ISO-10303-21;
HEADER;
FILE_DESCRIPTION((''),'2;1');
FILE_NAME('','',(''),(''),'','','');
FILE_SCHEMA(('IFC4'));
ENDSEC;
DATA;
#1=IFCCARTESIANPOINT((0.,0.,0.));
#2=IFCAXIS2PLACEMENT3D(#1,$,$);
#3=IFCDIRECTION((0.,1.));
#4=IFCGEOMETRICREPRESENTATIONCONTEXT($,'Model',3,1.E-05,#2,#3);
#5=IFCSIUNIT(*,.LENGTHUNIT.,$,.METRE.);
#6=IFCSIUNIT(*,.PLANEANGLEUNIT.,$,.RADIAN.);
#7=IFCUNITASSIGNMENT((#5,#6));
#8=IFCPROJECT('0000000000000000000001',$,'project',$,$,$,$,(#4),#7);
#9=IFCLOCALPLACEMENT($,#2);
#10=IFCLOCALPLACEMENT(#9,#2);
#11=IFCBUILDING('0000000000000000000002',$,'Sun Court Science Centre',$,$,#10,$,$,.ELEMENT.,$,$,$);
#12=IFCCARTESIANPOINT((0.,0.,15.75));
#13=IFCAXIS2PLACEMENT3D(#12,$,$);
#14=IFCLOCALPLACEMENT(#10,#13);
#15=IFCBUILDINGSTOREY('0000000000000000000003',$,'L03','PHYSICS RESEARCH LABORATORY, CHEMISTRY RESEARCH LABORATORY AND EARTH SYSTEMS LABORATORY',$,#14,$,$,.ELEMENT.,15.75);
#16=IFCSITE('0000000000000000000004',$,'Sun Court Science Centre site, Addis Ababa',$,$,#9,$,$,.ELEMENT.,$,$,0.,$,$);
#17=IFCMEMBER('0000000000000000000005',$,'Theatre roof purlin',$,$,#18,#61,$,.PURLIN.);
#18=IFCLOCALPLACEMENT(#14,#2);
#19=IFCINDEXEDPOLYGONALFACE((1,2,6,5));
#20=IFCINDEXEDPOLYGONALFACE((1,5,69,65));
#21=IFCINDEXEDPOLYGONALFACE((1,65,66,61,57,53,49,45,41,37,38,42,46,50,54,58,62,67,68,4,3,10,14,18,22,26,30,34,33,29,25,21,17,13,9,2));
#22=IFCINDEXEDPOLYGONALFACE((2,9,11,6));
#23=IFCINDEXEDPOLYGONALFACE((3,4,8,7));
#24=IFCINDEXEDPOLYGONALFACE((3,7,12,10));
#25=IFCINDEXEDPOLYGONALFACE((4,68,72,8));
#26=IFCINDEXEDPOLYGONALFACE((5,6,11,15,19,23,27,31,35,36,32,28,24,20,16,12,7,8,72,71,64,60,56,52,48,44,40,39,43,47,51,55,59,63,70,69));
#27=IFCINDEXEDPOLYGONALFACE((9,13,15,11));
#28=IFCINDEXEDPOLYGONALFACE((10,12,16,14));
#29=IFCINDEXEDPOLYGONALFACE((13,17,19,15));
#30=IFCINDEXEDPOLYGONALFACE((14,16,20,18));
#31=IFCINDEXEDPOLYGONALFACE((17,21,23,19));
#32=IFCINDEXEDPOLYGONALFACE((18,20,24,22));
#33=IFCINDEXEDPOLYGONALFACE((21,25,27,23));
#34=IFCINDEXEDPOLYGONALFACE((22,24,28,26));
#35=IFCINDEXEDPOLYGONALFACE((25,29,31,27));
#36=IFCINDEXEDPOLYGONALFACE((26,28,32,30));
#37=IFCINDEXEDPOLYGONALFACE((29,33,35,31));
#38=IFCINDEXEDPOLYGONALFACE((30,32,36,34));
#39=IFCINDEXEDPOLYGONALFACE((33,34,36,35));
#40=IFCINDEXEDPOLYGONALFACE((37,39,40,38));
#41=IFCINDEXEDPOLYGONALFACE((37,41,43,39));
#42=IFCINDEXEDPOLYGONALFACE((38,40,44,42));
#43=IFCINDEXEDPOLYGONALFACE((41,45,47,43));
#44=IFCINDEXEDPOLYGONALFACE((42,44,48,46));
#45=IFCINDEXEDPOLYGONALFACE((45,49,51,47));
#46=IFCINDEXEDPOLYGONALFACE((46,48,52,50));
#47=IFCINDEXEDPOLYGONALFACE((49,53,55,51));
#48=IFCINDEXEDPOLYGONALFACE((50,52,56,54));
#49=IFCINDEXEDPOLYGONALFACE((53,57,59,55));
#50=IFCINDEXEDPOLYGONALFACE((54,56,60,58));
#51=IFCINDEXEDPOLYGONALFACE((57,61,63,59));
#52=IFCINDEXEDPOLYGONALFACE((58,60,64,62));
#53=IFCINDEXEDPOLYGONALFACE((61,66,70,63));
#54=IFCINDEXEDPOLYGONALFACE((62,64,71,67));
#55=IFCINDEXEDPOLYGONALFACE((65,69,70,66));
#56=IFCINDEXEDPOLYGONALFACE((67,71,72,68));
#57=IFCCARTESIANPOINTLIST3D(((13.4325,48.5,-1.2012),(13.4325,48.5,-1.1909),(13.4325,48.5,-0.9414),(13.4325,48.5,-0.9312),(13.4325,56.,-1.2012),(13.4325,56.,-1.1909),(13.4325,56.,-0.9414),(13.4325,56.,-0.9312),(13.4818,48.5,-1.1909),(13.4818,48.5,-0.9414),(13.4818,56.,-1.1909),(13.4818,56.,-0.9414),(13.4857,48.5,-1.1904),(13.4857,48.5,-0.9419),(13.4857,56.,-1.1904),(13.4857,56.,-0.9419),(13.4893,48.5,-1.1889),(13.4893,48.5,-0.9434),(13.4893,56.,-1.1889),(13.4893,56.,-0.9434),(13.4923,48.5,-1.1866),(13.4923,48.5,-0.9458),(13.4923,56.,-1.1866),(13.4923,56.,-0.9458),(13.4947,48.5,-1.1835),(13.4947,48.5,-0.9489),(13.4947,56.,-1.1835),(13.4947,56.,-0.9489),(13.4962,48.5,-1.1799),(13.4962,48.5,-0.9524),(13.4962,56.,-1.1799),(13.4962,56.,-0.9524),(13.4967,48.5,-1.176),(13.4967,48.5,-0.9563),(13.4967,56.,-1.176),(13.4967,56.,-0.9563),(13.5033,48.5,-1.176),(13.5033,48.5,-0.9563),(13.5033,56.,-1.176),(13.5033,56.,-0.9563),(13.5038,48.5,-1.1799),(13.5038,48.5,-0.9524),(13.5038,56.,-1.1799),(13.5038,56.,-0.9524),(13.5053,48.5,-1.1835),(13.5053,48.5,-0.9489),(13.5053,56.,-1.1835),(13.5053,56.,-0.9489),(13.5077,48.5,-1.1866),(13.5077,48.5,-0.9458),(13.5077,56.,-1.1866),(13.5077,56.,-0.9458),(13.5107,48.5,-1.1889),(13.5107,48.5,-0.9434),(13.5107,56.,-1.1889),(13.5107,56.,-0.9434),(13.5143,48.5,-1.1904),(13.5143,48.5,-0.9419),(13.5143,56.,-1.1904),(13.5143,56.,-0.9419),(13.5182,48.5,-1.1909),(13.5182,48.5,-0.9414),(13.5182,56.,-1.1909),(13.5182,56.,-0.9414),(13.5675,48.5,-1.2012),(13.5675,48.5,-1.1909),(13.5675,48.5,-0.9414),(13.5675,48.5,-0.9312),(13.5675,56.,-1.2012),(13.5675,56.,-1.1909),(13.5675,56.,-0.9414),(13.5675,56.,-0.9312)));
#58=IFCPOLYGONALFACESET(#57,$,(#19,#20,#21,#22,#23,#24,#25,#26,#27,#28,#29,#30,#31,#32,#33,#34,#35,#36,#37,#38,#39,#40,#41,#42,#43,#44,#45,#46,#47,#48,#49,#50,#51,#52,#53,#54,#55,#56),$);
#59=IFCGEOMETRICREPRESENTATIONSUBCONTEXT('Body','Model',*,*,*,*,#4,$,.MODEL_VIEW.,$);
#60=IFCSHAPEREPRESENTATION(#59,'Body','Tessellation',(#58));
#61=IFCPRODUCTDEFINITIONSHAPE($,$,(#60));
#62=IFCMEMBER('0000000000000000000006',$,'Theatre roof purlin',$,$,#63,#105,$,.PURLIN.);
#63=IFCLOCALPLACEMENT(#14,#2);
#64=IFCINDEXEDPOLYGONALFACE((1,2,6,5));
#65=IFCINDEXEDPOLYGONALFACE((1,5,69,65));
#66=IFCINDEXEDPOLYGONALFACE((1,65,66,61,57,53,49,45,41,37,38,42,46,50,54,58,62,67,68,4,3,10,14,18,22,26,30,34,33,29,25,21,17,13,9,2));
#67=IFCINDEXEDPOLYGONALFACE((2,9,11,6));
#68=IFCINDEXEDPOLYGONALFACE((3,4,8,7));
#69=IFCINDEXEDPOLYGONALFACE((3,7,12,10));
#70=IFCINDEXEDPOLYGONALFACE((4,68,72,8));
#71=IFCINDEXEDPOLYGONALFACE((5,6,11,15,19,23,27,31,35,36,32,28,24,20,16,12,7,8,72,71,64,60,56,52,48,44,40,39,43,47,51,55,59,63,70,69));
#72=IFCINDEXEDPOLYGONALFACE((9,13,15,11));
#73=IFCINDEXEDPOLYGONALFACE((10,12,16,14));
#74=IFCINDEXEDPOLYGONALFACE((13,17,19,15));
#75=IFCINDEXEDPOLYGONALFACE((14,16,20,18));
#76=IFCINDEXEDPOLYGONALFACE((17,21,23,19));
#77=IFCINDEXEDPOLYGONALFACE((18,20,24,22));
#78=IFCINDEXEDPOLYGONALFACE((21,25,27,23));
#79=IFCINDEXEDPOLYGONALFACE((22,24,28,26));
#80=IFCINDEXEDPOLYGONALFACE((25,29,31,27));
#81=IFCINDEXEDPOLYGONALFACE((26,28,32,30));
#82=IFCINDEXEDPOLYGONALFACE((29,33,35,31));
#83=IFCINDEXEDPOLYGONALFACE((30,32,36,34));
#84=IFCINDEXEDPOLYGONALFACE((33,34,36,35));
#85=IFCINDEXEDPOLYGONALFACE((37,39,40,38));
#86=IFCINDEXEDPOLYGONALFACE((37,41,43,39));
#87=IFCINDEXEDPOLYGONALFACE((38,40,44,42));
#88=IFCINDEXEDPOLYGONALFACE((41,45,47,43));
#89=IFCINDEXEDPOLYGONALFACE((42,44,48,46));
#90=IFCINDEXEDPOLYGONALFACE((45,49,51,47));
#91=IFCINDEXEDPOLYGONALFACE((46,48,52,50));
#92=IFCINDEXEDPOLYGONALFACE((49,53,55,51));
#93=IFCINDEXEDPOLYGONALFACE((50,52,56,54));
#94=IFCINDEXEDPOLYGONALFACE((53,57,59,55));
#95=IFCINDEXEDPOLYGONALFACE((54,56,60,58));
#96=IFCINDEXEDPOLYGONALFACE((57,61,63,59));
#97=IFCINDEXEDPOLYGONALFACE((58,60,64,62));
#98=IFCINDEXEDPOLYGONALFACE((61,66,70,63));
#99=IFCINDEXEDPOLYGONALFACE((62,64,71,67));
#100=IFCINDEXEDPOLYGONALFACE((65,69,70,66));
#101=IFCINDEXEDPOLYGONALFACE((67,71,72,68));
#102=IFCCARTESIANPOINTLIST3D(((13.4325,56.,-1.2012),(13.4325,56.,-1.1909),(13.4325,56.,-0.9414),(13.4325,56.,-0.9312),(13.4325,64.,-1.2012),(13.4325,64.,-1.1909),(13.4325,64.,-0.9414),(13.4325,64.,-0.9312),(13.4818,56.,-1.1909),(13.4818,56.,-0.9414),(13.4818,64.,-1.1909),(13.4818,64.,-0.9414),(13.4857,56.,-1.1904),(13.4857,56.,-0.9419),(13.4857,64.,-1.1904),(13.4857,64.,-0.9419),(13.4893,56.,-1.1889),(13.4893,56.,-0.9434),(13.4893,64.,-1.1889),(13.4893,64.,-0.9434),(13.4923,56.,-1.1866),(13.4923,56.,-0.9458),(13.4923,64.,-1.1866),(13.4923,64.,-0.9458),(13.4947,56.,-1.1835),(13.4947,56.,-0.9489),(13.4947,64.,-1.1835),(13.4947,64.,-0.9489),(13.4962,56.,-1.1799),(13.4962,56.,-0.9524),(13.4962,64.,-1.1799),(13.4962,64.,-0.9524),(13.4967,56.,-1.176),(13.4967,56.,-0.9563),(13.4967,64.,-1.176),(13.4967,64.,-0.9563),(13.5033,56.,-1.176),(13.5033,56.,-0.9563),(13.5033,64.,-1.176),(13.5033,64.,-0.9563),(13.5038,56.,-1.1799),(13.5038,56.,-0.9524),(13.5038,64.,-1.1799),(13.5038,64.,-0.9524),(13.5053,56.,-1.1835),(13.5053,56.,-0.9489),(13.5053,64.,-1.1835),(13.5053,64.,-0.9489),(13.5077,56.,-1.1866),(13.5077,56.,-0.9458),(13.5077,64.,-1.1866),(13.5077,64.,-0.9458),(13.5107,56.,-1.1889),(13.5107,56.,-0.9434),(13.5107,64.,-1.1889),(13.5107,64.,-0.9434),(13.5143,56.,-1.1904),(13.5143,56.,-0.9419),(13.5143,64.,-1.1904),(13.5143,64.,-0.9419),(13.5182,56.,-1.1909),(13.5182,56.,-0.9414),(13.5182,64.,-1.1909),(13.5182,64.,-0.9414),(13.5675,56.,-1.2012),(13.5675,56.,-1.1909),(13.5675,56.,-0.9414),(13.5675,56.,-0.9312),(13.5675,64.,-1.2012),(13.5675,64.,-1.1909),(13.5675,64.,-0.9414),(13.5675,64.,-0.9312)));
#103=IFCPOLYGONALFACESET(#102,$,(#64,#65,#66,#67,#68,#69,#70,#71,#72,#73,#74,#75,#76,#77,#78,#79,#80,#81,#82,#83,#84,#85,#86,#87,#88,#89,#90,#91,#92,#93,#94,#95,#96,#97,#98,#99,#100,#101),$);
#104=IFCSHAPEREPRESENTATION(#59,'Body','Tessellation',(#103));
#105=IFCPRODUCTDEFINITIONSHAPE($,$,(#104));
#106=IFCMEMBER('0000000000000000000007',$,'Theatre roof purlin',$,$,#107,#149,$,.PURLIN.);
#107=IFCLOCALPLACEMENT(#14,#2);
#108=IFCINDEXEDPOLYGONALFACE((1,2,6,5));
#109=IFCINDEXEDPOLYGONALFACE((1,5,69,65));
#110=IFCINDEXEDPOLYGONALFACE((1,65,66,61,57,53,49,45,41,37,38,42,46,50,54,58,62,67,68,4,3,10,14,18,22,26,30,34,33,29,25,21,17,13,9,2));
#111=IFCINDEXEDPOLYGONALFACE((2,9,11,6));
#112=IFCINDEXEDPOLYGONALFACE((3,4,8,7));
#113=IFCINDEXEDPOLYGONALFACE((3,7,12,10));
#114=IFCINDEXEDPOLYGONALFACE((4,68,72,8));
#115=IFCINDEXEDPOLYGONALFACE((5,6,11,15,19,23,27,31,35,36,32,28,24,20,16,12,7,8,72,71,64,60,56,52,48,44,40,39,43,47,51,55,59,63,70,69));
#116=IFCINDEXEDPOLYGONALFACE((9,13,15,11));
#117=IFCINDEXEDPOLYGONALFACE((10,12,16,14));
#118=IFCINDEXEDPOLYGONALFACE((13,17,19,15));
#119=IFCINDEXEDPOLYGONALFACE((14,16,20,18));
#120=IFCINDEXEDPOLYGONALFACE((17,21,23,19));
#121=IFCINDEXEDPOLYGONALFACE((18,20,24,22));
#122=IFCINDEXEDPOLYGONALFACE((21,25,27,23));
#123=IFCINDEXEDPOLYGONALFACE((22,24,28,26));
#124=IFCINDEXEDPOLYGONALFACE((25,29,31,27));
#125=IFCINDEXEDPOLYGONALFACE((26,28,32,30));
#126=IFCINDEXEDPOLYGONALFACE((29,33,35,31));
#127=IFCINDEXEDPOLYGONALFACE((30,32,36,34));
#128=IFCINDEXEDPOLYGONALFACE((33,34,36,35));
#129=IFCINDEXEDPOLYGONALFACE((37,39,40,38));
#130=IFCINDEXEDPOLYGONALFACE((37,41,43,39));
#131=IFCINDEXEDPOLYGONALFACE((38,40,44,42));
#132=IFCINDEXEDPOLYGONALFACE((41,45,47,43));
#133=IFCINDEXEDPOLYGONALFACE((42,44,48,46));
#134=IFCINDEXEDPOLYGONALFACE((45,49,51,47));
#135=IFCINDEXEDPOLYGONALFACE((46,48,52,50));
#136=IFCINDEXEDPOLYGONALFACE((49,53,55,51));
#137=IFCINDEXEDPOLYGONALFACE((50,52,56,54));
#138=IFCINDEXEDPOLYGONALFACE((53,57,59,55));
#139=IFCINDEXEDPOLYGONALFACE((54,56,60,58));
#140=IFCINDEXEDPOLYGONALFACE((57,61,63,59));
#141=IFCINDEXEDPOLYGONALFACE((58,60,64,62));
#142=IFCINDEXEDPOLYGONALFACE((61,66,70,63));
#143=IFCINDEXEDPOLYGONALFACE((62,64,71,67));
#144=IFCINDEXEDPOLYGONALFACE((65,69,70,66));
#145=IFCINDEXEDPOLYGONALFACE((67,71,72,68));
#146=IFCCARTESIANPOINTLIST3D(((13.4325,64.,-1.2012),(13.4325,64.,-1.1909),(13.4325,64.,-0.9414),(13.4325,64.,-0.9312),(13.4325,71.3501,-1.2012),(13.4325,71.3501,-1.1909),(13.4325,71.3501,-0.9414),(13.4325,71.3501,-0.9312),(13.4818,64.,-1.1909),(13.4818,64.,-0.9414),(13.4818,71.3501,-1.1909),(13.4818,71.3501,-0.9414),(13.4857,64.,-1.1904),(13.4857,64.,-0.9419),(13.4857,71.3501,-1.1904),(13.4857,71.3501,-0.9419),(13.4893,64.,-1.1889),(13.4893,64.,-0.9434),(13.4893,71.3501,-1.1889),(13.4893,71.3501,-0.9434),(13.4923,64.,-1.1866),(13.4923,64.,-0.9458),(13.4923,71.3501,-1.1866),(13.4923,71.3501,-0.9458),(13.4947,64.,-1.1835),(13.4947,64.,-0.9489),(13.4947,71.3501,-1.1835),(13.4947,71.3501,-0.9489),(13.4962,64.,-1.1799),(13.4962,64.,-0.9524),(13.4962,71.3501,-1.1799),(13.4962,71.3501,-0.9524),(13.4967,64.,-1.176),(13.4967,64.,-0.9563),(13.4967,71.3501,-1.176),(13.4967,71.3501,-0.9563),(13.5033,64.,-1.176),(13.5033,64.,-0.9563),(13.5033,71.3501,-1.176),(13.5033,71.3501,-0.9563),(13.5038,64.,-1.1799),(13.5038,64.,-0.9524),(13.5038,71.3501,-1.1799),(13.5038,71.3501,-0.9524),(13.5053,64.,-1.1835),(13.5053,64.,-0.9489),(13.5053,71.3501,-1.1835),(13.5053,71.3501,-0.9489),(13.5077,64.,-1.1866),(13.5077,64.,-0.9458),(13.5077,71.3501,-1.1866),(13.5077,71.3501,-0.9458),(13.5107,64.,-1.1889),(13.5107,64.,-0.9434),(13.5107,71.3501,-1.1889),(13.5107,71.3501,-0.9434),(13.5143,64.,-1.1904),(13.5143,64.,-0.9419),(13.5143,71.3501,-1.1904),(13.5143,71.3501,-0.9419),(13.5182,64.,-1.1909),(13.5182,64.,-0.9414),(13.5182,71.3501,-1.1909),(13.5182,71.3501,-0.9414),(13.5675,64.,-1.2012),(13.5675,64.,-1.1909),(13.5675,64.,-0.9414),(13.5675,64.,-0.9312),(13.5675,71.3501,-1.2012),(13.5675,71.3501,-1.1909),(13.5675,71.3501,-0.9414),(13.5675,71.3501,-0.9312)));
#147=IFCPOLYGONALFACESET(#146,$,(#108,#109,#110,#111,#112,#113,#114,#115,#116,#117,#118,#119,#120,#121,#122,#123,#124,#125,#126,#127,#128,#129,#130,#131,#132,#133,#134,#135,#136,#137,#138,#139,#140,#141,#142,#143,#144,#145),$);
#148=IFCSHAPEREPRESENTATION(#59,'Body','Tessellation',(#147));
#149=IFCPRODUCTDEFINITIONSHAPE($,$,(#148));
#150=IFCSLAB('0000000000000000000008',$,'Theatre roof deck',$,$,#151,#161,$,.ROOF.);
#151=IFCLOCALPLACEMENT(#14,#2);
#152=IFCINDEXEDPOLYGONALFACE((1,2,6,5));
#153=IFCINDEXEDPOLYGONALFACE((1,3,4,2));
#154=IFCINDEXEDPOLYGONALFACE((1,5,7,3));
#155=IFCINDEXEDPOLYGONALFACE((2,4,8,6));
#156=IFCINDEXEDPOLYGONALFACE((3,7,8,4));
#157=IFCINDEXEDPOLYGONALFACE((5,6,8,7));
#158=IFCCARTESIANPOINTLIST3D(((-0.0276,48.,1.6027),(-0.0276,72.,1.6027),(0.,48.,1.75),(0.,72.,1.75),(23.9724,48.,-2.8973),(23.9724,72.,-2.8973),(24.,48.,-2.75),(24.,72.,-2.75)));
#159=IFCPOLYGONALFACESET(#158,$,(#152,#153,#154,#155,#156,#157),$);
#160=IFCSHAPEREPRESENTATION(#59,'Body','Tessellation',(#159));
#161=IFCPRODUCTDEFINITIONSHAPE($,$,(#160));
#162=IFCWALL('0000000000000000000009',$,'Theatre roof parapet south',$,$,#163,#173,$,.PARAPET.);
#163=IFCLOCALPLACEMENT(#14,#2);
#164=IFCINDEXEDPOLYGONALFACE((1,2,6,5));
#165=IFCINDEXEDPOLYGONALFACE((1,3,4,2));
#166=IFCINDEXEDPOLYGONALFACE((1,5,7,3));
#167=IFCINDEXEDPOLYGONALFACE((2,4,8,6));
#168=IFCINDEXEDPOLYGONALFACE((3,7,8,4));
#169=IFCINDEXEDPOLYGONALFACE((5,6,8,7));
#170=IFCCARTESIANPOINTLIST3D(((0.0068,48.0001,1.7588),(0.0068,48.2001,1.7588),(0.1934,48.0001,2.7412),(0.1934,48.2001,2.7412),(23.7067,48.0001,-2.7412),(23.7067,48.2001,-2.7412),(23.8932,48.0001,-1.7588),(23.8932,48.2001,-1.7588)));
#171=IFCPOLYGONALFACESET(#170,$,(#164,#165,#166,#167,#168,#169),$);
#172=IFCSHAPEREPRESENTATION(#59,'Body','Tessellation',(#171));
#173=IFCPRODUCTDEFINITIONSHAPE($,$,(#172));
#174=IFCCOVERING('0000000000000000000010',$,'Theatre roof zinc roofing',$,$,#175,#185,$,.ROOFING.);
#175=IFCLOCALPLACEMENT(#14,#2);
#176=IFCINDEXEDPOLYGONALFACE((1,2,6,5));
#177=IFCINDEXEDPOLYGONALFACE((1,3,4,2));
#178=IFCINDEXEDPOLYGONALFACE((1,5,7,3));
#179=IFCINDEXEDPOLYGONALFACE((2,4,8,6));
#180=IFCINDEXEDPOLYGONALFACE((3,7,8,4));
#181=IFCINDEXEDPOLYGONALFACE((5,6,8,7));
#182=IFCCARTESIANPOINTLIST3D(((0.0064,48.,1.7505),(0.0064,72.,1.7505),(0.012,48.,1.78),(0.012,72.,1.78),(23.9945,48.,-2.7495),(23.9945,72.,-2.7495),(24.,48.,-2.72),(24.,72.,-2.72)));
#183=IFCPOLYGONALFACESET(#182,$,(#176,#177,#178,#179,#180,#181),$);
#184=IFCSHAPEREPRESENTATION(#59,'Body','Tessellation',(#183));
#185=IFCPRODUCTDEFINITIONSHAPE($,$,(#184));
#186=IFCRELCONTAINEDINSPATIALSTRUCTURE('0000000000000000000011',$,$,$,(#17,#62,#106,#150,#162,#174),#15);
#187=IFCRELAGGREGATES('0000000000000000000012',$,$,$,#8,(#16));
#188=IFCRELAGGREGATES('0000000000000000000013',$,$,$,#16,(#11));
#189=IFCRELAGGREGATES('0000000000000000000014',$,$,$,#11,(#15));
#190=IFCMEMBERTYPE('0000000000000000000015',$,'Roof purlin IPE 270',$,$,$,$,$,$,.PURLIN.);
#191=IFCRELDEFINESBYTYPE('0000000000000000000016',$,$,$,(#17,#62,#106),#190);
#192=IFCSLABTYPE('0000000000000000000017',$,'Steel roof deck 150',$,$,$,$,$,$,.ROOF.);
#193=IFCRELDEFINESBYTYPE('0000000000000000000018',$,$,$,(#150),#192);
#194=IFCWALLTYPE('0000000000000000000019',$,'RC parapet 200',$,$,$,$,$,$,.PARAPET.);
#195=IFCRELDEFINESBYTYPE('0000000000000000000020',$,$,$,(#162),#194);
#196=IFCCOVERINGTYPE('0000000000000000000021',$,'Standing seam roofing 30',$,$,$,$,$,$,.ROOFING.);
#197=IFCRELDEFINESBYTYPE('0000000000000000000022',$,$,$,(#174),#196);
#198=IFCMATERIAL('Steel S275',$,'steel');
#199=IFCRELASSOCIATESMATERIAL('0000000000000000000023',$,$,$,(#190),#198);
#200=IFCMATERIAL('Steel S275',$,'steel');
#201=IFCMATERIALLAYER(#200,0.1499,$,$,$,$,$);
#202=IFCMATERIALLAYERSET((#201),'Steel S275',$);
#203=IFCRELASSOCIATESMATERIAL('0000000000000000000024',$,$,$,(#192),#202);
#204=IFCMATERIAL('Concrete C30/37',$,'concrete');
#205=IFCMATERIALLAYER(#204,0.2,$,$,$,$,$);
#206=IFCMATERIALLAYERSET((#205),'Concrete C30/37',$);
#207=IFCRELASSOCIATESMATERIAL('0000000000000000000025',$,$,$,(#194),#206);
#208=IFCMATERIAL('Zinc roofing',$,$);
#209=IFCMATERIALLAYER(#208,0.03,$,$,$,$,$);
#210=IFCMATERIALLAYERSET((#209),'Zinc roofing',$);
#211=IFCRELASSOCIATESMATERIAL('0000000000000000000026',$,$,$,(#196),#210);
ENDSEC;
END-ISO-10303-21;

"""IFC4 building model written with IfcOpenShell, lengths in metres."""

from ifc_helpers import new_model, si_unit, direction, frame, origin, origin_2d, place, context, subcontext, project, spatial, polyline, rectangle, i_section, outline, extrude, material, layer, layer_set, material_profile, profile_set, type_object, element, save


model = new_model("IFC4")

# Units and contexts
model_context = context("Model", 3, precision=1e-05, world=origin(), true_north=direction((0.0, 1.0)))
body_context = subcontext(model_context, "Body", "Model", "MODEL_VIEW")
ifc_project = project(units=[si_unit("LENGTHUNIT", "METRE"), si_unit("PLANEANGLEUNIT", "RADIAN")], contexts=[model_context])

# Site, building, storey
site_placement = place(None, origin())
site = spatial("IfcSite", under=ifc_project, at=site_placement, Name="Sun Court Science Centre site, Addis Ababa", CompositionType="ELEMENT", RefElevation=0.0)
building_placement = place(site_placement, origin())
building = spatial("IfcBuilding", under=site, at=building_placement, Name="Sun Court Science Centre", CompositionType="ELEMENT")
storey_placement = place(building_placement, frame((0.0, 0.0, 15.75)))
storey = spatial("IfcBuildingStorey", under=building, at=storey_placement, Name="L03", Description="PHYSICS RESEARCH LABORATORY, CHEMISTRY RESEARCH LABORATORY AND EARTH SYSTEMS LABORATORY", CompositionType="ELEMENT", Elevation=15.75)

# Members
ifc_material_1 = material(Name="Steel S275", Category="steel")
ifc_material_profile = material_profile(ifc_material_1, i_section(OverallWidth=0.135, OverallDepth=0.27, WebThickness=0.0066, FlangeThickness=0.0103, FilletRadius=0.0149, at=origin_2d()), Name="IPE 270")
ifc_profile_set = profile_set([ifc_material_profile], Name="Steel S275")
member_type = type_object("IfcMemberType", Name="Roof purlin IPE 270", PredefinedType="PURLIN", material=ifc_profile_set)
member_1_placement = place(storey_placement, frame((13.5, 48.5, -1.0662), z_axis=(0.0, 1.0, 0.0), x_axis=(-1.0, 0.0, 0.0)))
element("IfcMember", 1, at=member_1_placement, inside=storey, type_object=member_type, Name="Theatre roof purlin", PredefinedType="PURLIN", context=body_context, shape_type="SweptSolid", body=[
    extrude(i_section(OverallWidth=0.135, OverallDepth=0.27, WebThickness=0.0066, FlangeThickness=0.0103, FilletRadius=0.0149, at=origin_2d()), origin(), (0.0, 0.0, 1.0), 7.5),
])
member_2_placement = place(storey_placement, frame((13.5, 56.0, -1.0662), z_axis=(0.0, 1.0, 0.0), x_axis=(-1.0, 0.0, 0.0)))
element("IfcMember", 2, at=member_2_placement, inside=storey, type_object=member_type, Name="Theatre roof purlin", PredefinedType="PURLIN", context=body_context, shape_type="SweptSolid", body=[
    extrude(i_section(OverallWidth=0.135, OverallDepth=0.27, WebThickness=0.0066, FlangeThickness=0.0103, FilletRadius=0.0149, at=origin_2d()), origin(), (0.0, 0.0, 1.0), 8.0),
])
member_3_placement = place(storey_placement, frame((13.5, 64.0, -1.0662), z_axis=(0.0, 1.0, 0.0), x_axis=(-1.0, 0.0, 0.0)))
element("IfcMember", 3, at=member_3_placement, inside=storey, type_object=member_type, Name="Theatre roof purlin", PredefinedType="PURLIN", context=body_context, shape_type="SweptSolid", body=[
    extrude(i_section(OverallWidth=0.135, OverallDepth=0.27, WebThickness=0.0066, FlangeThickness=0.0103, FilletRadius=0.0149, at=origin_2d()), origin(), (0.0, 0.0, 1.0), 7.3501),
])

# Slab
ifc_material_2 = material(Name="Steel S275", Category="steel")
ifc_layer_1 = layer(ifc_material_2, 0.1499)
ifc_layer_set_1 = layer_set([ifc_layer_1], Name="Steel S275")
slab_type = type_object("IfcSlabType", Name="Steel roof deck 150", PredefinedType="ROOF", material=ifc_layer_set_1)
slab_placement = place(storey_placement, frame((0.0, 48.0, 1.75), z_axis=(0.184289, 0.0, 0.982872), x_axis=(0.982872, 0.0, -0.184289)))
element("IfcSlab", 4, at=slab_placement, inside=storey, type_object=slab_type, Name="Theatre roof deck", PredefinedType="ROOF", context=body_context, shape_type="SweptSolid", body=[
    extrude(outline(polyline([(0.0, 0.0), (24.4182, 0.0), (24.4182, 24.0), (0.0, 24.0), (0.0, 0.0)])), origin(), (0.0, 0.0, -1.0), 0.1499),
])

# Wall
ifc_material_3 = material(Name="Concrete C30/37", Category="concrete")
ifc_layer_2 = layer(ifc_material_3, 0.2)
ifc_layer_set_2 = layer_set([ifc_layer_2], Name="Concrete C30/37")
wall_type = type_object("IfcWallType", Name="RC parapet 200", PredefinedType="PARAPET", material=ifc_layer_set_2)
wall_placement = place(storey_placement, frame((0.1001, 48.1001, 2.25), z_axis=(0.982447, 0.0, -0.186541), x_axis=(0.0, 1.0, 0.0)))
element("IfcWall", 5, at=wall_placement, inside=storey, type_object=wall_type, Name="Theatre roof parapet south", PredefinedType="PARAPET", context=body_context, shape_type="SweptSolid", body=[
    extrude(rectangle(XDim=0.2, YDim=1.0, at=origin_2d()), origin(), (0.0, 0.0, 1.0), 24.1233),
])

# Covering
ifc_material_4 = material(Name="Zinc roofing")
ifc_layer_3 = layer(ifc_material_4, 0.03)
ifc_layer_set_3 = layer_set([ifc_layer_3], Name="Zinc roofing")
covering_type = type_object("IfcCoveringType", Name="Standing seam roofing 30", PredefinedType="ROOFING", material=ifc_layer_set_3)
covering_placement = place(storey_placement, frame((0.012, 48.0, 1.78), z_axis=(0.184377, 0.0, 0.982856), x_axis=(0.982856, 0.0, -0.184377)))
element("IfcCovering", 6, at=covering_placement, inside=storey, type_object=covering_type, Name="Theatre roof zinc roofing", PredefinedType="ROOFING", context=body_context, shape_type="SweptSolid", body=[
    extrude(outline(polyline([(0.0, 0.0), (24.4065, 0.0), (24.4065, 24.0), (0.0, 24.0), (0.0, 0.0)])), origin(), (0.0, 0.0, -1.0), 0.03),
])

save(model, "model.ifc")
